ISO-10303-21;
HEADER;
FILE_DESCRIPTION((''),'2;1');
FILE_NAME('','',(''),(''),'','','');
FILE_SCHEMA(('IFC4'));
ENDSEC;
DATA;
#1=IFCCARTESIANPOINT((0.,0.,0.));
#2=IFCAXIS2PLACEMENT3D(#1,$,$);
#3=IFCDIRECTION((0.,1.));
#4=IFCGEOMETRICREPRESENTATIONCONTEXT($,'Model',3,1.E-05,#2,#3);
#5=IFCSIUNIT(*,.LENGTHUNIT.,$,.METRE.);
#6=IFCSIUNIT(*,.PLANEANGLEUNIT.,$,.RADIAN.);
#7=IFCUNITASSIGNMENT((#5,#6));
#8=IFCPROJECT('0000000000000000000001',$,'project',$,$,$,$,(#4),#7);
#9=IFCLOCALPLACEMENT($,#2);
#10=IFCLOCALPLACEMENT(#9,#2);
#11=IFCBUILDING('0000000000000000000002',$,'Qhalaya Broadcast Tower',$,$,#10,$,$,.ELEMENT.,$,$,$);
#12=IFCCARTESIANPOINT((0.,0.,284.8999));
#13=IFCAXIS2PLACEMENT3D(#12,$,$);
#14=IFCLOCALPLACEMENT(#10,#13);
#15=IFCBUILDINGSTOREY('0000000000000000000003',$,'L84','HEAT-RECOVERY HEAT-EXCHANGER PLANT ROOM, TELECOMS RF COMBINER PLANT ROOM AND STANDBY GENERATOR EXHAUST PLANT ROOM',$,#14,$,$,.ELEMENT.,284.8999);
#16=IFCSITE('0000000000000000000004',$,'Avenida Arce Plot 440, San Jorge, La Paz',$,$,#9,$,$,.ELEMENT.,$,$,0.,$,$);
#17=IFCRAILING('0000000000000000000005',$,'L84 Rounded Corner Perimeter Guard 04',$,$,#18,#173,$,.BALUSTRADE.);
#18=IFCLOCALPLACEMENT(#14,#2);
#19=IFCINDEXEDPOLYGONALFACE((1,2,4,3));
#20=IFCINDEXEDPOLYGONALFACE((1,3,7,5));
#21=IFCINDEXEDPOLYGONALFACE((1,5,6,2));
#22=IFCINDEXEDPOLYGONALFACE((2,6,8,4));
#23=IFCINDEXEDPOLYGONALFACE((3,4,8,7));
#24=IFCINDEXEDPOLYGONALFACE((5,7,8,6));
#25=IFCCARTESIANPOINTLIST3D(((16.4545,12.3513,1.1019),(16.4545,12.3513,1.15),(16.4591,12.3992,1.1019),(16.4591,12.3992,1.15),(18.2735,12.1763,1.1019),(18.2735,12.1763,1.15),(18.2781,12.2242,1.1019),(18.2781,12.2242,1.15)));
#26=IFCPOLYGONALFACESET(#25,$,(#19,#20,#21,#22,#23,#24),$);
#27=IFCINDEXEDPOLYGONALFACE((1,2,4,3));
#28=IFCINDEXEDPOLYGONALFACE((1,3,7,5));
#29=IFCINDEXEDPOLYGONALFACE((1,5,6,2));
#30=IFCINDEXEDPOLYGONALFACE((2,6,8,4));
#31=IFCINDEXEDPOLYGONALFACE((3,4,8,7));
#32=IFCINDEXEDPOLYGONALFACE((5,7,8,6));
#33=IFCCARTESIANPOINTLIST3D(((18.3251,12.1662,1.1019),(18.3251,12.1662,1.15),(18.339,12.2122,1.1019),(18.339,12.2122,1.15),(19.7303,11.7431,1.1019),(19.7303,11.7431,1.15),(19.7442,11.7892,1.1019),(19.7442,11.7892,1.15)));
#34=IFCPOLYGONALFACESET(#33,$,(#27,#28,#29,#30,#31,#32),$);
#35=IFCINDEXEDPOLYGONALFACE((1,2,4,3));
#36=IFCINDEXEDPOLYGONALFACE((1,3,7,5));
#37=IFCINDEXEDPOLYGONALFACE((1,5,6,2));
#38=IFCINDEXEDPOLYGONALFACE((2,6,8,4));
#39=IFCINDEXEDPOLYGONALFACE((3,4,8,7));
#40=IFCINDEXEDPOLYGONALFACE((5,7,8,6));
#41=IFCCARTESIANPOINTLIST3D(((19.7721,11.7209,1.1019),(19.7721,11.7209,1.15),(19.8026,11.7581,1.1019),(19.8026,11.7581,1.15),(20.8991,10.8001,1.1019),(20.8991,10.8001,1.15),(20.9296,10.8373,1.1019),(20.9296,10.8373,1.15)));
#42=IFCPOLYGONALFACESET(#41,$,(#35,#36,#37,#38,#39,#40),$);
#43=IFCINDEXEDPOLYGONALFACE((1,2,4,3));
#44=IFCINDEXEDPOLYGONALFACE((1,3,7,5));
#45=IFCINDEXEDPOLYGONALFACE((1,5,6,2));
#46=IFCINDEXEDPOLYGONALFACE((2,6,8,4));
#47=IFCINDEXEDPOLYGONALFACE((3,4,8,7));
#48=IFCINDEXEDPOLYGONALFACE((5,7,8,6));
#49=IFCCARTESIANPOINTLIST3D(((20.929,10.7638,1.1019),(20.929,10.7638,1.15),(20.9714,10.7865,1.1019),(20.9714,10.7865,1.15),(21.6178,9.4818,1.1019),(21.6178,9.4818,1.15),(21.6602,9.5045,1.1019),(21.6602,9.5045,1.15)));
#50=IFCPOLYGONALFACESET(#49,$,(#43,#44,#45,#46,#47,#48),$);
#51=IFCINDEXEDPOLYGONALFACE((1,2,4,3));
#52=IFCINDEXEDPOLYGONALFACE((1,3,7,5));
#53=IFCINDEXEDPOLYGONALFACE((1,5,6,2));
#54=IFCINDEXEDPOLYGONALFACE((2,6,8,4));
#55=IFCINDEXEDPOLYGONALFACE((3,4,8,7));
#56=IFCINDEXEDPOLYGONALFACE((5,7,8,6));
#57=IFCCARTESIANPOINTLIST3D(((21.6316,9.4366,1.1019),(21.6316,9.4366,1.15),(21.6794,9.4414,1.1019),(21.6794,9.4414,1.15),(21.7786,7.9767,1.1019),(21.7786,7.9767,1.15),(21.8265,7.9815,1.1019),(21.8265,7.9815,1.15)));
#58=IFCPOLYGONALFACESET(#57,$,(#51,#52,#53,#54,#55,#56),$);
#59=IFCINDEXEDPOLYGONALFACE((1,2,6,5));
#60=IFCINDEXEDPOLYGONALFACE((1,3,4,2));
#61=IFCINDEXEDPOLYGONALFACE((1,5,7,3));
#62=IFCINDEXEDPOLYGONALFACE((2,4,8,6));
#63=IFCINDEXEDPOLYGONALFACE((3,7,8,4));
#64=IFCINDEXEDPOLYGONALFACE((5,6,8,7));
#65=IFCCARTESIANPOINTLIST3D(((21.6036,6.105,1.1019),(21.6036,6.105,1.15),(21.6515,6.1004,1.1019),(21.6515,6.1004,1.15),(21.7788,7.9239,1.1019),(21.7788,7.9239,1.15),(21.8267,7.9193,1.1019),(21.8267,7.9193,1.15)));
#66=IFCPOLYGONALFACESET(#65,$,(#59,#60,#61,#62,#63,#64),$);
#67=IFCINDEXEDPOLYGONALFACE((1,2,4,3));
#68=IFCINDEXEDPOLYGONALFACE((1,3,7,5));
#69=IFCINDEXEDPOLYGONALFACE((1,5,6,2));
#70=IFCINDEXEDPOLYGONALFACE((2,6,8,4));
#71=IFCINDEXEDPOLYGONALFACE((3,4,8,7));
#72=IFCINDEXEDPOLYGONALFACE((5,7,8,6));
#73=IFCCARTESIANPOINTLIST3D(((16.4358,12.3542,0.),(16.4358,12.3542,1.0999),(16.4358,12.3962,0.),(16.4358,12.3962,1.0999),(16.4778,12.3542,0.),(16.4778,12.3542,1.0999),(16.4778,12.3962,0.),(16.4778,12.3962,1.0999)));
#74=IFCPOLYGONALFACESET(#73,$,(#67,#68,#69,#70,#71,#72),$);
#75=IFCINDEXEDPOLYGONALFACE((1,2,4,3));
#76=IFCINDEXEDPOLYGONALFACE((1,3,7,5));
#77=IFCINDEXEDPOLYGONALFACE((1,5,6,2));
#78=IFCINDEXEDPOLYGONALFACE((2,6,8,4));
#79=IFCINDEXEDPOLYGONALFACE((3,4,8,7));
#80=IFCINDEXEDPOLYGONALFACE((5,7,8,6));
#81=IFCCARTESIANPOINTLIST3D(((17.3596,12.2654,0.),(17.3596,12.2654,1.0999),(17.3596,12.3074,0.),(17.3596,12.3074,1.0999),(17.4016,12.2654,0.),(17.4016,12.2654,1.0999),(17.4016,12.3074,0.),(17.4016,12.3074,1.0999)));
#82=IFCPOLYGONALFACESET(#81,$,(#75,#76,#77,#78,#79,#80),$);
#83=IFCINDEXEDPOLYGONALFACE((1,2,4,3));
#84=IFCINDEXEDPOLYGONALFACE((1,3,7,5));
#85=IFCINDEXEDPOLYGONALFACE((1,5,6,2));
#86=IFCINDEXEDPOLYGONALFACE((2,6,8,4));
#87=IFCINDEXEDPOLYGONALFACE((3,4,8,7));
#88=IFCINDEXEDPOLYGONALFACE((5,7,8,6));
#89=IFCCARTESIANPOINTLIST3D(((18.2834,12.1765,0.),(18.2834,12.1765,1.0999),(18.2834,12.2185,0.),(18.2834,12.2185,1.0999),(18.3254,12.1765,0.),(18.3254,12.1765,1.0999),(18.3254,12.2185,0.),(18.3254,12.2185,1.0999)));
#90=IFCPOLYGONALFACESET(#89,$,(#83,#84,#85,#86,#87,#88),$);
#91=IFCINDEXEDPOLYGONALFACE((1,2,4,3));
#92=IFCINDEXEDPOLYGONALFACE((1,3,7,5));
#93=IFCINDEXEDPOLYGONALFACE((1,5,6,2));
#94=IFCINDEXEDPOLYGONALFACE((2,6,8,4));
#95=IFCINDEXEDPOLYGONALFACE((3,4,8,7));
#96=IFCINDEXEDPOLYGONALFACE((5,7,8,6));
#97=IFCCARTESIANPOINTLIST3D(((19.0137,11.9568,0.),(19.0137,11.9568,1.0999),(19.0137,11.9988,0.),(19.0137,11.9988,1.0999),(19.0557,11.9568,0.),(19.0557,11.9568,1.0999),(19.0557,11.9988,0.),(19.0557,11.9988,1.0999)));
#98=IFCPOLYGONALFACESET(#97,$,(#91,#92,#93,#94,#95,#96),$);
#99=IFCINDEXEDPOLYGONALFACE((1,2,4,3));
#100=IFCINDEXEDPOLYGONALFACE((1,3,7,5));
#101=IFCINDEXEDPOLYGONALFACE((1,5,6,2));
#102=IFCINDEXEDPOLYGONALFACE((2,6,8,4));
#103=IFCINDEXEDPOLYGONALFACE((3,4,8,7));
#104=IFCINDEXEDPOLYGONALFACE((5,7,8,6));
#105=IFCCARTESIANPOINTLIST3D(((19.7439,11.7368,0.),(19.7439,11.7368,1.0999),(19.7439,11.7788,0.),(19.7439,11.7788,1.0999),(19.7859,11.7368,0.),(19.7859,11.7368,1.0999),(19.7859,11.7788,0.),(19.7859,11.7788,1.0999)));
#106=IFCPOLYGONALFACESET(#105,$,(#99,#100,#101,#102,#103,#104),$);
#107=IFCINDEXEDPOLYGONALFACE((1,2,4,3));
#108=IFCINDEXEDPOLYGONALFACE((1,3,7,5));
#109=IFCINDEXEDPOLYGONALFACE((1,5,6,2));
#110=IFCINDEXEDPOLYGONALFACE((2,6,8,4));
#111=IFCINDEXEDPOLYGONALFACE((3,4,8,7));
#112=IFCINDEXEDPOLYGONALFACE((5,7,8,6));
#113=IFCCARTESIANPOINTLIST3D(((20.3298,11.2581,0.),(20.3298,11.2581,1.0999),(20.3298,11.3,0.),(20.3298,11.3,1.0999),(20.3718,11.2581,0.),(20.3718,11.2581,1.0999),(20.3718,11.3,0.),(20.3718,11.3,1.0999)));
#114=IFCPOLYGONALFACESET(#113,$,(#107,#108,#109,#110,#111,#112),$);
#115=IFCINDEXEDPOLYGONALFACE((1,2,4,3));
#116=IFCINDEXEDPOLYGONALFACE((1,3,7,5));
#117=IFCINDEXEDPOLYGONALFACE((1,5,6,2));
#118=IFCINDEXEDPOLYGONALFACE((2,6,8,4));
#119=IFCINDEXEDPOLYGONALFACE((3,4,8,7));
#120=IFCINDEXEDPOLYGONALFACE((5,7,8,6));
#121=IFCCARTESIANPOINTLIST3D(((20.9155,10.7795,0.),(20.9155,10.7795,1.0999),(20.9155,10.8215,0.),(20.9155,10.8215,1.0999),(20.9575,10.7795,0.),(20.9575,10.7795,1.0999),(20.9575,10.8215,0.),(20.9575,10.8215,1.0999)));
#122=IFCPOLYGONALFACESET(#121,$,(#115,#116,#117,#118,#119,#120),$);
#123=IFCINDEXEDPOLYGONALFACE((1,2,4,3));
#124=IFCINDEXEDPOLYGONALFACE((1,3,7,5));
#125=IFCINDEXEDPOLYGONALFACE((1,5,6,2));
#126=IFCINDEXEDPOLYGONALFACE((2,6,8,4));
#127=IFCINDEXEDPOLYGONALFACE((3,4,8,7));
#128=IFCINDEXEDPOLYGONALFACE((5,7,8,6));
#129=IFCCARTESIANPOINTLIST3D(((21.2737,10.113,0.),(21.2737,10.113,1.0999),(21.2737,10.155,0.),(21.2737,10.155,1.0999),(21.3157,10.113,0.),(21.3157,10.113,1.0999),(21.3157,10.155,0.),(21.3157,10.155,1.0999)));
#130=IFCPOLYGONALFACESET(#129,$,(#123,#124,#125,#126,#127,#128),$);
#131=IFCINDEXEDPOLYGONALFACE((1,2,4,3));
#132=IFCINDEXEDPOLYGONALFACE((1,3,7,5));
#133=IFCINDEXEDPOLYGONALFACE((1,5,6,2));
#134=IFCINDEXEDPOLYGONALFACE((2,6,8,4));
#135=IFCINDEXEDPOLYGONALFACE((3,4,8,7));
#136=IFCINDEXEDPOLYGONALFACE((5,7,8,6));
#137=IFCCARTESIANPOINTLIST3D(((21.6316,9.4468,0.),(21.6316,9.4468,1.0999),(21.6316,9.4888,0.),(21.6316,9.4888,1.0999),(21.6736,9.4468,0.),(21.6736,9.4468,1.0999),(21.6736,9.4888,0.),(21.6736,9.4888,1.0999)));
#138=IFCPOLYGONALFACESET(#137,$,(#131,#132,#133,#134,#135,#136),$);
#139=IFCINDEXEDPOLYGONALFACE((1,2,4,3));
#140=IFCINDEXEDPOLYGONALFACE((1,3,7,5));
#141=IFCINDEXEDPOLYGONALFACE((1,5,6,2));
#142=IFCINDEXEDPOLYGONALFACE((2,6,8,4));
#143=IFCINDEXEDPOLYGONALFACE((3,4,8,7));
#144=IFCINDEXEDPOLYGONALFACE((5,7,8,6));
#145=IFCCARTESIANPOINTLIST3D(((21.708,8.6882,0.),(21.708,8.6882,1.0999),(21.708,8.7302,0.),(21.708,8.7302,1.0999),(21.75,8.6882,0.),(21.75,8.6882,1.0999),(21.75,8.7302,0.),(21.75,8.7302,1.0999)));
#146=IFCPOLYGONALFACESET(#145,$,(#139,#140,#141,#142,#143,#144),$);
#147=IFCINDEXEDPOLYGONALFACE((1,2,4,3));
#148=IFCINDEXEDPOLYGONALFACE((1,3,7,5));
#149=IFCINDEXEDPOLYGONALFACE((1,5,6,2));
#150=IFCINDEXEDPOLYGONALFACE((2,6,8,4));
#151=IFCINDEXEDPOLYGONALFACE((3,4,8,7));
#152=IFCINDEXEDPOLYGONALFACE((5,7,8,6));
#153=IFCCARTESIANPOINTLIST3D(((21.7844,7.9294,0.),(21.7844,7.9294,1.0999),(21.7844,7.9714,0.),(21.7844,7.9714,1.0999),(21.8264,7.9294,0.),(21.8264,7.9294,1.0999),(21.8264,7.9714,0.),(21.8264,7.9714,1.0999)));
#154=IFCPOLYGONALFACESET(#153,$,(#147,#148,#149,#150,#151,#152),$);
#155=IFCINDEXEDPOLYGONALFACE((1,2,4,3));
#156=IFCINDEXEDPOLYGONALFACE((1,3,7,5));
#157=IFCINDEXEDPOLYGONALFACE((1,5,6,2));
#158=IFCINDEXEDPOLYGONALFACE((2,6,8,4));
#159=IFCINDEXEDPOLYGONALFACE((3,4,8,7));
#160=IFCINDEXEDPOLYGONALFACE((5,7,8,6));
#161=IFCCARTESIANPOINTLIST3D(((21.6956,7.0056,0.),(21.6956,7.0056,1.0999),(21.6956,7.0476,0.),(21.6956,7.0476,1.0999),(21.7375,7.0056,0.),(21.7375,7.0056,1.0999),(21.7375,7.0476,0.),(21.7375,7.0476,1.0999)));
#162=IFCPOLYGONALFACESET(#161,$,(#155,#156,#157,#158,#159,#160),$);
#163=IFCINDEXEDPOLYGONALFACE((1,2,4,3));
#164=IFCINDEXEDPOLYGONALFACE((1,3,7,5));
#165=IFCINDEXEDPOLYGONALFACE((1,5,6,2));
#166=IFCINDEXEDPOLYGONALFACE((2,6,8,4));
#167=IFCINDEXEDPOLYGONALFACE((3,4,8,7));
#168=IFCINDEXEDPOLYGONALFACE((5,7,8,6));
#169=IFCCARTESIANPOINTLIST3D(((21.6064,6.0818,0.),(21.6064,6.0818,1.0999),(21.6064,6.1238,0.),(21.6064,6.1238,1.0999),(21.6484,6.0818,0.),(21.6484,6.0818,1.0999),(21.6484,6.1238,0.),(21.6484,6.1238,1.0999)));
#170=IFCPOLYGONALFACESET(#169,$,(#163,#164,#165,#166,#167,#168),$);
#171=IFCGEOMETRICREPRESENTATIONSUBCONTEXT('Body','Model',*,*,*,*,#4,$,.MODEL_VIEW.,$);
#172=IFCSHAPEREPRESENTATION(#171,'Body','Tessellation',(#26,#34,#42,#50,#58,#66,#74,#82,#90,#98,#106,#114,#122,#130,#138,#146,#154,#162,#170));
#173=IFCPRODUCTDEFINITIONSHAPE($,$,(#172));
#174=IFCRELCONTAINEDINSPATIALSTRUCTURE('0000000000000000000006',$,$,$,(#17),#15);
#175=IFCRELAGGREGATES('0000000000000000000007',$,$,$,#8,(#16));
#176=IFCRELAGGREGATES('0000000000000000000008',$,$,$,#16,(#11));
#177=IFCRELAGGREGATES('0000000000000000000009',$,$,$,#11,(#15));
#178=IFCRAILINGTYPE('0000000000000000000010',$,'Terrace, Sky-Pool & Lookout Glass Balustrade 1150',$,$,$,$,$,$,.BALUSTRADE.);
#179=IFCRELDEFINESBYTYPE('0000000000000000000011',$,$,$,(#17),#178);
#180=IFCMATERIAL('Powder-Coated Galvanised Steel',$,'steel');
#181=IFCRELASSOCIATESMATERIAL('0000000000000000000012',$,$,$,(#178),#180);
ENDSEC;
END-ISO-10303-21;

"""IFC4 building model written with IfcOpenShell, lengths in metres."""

from ifc_helpers import new_model, si_unit, direction, frame, origin, origin_2d, place, context, subcontext, project, spatial, rectangle, extrude, material, type_object, element, save


model = new_model("IFC4")

# Units and contexts
model_context = context("Model", 3, precision=1e-05, world=origin(), true_north=direction((0.0, 1.0)))
body_context = subcontext(model_context, "Body", "Model", "MODEL_VIEW")
ifc_project = project(units=[si_unit("LENGTHUNIT", "METRE"), si_unit("PLANEANGLEUNIT", "RADIAN")], contexts=[model_context])

# Site, building, storey
site_placement = place(None, origin())
site = spatial("IfcSite", under=ifc_project, at=site_placement, Name="Avenida Arce Plot 440, San Jorge, La Paz", CompositionType="ELEMENT", RefElevation=0.0)
building_placement = place(site_placement, origin())
building = spatial("IfcBuilding", under=site, at=building_placement, Name="Qhalaya Broadcast Tower", CompositionType="ELEMENT")
storey_placement = place(building_placement, frame((0.0, 0.0, 284.8999)))
storey = spatial("IfcBuildingStorey", under=building, at=storey_placement, Name="L84", Description="HEAT-RECOVERY HEAT-EXCHANGER PLANT ROOM, TELECOMS RF COMBINER PLANT ROOM AND STANDBY GENERATOR EXHAUST PLANT ROOM", CompositionType="ELEMENT", Elevation=284.8999)

# Railing
ifc_material_1 = material(Name="Powder-Coated Galvanised Steel", Category="steel")
railing_type = type_object("IfcRailingType", Name="Terrace, Sky-Pool & Lookout Glass Balustrade 1150", PredefinedType="BALUSTRADE", material=ifc_material_1)
railing_placement = place(storey_placement, frame((16.4568, 12.3752, 0.0)))
element("IfcRailing", 1, at=railing_placement, inside=storey, type_object=railing_type, Name="L84 Rounded Corner Perimeter Guard 04", PredefinedType="BALUSTRADE", context=body_context, shape_type="SweptSolid", body=[
    extrude(rectangle(XDim=0.0481, YDim=0.0481, at=origin_2d()), frame((0.0, 0.0, 1.126), z_axis=(0.995405, -0.095753, 0.0), x_axis=(0.095753, 0.995405, 0.0)), (0.0, 0.0, 1.0), 1.8274),
    extrude(rectangle(XDim=0.0481, YDim=0.0481, at=origin_2d()), frame((1.8752, -0.186, 1.126), z_axis=(0.957544, -0.288288, 0.0), x_axis=(0.288288, 0.957544, 0.0)), (0.0, 0.0, 1.0), 1.4675),
    extrude(rectangle(XDim=0.0481, YDim=0.0481, at=origin_2d()), frame((3.3306, -0.6357, 1.126), z_axis=(0.774388, -0.63271, 0.0), x_axis=(0.63271, 0.774388, 0.0)), (0.0, 0.0, 1.0), 1.4553),
    extrude(rectangle(XDim=0.0481, YDim=0.0481, at=origin_2d()), frame((4.4934, -1.6001, 1.126), z_axis=(0.473291, -0.880906, 0.0), x_axis=(0.880906, 0.473291, 0.0)), (0.0, 0.0, 1.0), 1.4553),
    extrude(rectangle(XDim=0.0481, YDim=0.0481, at=origin_2d()), frame((5.1987, -2.9363, 1.126), z_axis=(0.100217, -0.994966, 0.0), x_axis=(0.994966, 0.100217, 0.0)), (0.0, 0.0, 1.0), 1.4673),
    extrude(rectangle(XDim=0.0481, YDim=0.0481, at=origin_2d()), frame((5.3459, -4.4536, 1.126), z_axis=(-0.095883, -0.995393, 0.0), x_axis=(0.995393, -0.095883, 0.0)), (0.0, 0.0, 1.0), 1.8274),
    extrude(rectangle(XDim=0.042, YDim=0.042, at=origin_2d()), origin(), (0.0, 0.0, 1.0), 1.0999),
    extrude(rectangle(XDim=0.042, YDim=0.042, at=origin_2d()), frame((0.9238, -0.0889, 0.0)), (0.0, 0.0, 1.0), 1.0999),
    extrude(rectangle(XDim=0.042, YDim=0.042, at=origin_2d()), frame((1.8477, -0.1777, 0.0)), (0.0, 0.0, 1.0), 1.0999),
    extrude(rectangle(XDim=0.042, YDim=0.042, at=origin_2d()), frame((2.5779, -0.3975, 0.0)), (0.0, 0.0, 1.0), 1.0999),
    extrude(rectangle(XDim=0.042, YDim=0.042, at=origin_2d()), frame((3.3081, -0.6174, 0.0)), (0.0, 0.0, 1.0), 1.0999),
    extrude(rectangle(XDim=0.042, YDim=0.042, at=origin_2d()), frame((3.894, -1.0962, 0.0)), (0.0, 0.0, 1.0), 1.0999),
    extrude(rectangle(XDim=0.042, YDim=0.042, at=origin_2d()), frame((4.4797, -1.5747, 0.0)), (0.0, 0.0, 1.0), 1.0999),
    extrude(rectangle(XDim=0.042, YDim=0.042, at=origin_2d()), frame((4.8379, -2.2412, 0.0)), (0.0, 0.0, 1.0), 1.0999),
    extrude(rectangle(XDim=0.042, YDim=0.042, at=origin_2d()), frame((5.1958, -2.9075, 0.0)), (0.0, 0.0, 1.0), 1.0999),
    extrude(rectangle(XDim=0.042, YDim=0.042, at=origin_2d()), frame((5.2722, -3.666, 0.0)), (0.0, 0.0, 1.0), 1.0999),
    extrude(rectangle(XDim=0.042, YDim=0.042, at=origin_2d()), frame((5.3486, -4.4248, 0.0)), (0.0, 0.0, 1.0), 1.0999),
    extrude(rectangle(XDim=0.042, YDim=0.042, at=origin_2d()), frame((5.2598, -5.3486, 0.0)), (0.0, 0.0, 1.0), 1.0999),
    extrude(rectangle(XDim=0.042, YDim=0.042, at=origin_2d()), frame((5.1707, -6.2725, 0.0)), (0.0, 0.0, 1.0), 1.0999),
])

save(model, "model.ifc")
